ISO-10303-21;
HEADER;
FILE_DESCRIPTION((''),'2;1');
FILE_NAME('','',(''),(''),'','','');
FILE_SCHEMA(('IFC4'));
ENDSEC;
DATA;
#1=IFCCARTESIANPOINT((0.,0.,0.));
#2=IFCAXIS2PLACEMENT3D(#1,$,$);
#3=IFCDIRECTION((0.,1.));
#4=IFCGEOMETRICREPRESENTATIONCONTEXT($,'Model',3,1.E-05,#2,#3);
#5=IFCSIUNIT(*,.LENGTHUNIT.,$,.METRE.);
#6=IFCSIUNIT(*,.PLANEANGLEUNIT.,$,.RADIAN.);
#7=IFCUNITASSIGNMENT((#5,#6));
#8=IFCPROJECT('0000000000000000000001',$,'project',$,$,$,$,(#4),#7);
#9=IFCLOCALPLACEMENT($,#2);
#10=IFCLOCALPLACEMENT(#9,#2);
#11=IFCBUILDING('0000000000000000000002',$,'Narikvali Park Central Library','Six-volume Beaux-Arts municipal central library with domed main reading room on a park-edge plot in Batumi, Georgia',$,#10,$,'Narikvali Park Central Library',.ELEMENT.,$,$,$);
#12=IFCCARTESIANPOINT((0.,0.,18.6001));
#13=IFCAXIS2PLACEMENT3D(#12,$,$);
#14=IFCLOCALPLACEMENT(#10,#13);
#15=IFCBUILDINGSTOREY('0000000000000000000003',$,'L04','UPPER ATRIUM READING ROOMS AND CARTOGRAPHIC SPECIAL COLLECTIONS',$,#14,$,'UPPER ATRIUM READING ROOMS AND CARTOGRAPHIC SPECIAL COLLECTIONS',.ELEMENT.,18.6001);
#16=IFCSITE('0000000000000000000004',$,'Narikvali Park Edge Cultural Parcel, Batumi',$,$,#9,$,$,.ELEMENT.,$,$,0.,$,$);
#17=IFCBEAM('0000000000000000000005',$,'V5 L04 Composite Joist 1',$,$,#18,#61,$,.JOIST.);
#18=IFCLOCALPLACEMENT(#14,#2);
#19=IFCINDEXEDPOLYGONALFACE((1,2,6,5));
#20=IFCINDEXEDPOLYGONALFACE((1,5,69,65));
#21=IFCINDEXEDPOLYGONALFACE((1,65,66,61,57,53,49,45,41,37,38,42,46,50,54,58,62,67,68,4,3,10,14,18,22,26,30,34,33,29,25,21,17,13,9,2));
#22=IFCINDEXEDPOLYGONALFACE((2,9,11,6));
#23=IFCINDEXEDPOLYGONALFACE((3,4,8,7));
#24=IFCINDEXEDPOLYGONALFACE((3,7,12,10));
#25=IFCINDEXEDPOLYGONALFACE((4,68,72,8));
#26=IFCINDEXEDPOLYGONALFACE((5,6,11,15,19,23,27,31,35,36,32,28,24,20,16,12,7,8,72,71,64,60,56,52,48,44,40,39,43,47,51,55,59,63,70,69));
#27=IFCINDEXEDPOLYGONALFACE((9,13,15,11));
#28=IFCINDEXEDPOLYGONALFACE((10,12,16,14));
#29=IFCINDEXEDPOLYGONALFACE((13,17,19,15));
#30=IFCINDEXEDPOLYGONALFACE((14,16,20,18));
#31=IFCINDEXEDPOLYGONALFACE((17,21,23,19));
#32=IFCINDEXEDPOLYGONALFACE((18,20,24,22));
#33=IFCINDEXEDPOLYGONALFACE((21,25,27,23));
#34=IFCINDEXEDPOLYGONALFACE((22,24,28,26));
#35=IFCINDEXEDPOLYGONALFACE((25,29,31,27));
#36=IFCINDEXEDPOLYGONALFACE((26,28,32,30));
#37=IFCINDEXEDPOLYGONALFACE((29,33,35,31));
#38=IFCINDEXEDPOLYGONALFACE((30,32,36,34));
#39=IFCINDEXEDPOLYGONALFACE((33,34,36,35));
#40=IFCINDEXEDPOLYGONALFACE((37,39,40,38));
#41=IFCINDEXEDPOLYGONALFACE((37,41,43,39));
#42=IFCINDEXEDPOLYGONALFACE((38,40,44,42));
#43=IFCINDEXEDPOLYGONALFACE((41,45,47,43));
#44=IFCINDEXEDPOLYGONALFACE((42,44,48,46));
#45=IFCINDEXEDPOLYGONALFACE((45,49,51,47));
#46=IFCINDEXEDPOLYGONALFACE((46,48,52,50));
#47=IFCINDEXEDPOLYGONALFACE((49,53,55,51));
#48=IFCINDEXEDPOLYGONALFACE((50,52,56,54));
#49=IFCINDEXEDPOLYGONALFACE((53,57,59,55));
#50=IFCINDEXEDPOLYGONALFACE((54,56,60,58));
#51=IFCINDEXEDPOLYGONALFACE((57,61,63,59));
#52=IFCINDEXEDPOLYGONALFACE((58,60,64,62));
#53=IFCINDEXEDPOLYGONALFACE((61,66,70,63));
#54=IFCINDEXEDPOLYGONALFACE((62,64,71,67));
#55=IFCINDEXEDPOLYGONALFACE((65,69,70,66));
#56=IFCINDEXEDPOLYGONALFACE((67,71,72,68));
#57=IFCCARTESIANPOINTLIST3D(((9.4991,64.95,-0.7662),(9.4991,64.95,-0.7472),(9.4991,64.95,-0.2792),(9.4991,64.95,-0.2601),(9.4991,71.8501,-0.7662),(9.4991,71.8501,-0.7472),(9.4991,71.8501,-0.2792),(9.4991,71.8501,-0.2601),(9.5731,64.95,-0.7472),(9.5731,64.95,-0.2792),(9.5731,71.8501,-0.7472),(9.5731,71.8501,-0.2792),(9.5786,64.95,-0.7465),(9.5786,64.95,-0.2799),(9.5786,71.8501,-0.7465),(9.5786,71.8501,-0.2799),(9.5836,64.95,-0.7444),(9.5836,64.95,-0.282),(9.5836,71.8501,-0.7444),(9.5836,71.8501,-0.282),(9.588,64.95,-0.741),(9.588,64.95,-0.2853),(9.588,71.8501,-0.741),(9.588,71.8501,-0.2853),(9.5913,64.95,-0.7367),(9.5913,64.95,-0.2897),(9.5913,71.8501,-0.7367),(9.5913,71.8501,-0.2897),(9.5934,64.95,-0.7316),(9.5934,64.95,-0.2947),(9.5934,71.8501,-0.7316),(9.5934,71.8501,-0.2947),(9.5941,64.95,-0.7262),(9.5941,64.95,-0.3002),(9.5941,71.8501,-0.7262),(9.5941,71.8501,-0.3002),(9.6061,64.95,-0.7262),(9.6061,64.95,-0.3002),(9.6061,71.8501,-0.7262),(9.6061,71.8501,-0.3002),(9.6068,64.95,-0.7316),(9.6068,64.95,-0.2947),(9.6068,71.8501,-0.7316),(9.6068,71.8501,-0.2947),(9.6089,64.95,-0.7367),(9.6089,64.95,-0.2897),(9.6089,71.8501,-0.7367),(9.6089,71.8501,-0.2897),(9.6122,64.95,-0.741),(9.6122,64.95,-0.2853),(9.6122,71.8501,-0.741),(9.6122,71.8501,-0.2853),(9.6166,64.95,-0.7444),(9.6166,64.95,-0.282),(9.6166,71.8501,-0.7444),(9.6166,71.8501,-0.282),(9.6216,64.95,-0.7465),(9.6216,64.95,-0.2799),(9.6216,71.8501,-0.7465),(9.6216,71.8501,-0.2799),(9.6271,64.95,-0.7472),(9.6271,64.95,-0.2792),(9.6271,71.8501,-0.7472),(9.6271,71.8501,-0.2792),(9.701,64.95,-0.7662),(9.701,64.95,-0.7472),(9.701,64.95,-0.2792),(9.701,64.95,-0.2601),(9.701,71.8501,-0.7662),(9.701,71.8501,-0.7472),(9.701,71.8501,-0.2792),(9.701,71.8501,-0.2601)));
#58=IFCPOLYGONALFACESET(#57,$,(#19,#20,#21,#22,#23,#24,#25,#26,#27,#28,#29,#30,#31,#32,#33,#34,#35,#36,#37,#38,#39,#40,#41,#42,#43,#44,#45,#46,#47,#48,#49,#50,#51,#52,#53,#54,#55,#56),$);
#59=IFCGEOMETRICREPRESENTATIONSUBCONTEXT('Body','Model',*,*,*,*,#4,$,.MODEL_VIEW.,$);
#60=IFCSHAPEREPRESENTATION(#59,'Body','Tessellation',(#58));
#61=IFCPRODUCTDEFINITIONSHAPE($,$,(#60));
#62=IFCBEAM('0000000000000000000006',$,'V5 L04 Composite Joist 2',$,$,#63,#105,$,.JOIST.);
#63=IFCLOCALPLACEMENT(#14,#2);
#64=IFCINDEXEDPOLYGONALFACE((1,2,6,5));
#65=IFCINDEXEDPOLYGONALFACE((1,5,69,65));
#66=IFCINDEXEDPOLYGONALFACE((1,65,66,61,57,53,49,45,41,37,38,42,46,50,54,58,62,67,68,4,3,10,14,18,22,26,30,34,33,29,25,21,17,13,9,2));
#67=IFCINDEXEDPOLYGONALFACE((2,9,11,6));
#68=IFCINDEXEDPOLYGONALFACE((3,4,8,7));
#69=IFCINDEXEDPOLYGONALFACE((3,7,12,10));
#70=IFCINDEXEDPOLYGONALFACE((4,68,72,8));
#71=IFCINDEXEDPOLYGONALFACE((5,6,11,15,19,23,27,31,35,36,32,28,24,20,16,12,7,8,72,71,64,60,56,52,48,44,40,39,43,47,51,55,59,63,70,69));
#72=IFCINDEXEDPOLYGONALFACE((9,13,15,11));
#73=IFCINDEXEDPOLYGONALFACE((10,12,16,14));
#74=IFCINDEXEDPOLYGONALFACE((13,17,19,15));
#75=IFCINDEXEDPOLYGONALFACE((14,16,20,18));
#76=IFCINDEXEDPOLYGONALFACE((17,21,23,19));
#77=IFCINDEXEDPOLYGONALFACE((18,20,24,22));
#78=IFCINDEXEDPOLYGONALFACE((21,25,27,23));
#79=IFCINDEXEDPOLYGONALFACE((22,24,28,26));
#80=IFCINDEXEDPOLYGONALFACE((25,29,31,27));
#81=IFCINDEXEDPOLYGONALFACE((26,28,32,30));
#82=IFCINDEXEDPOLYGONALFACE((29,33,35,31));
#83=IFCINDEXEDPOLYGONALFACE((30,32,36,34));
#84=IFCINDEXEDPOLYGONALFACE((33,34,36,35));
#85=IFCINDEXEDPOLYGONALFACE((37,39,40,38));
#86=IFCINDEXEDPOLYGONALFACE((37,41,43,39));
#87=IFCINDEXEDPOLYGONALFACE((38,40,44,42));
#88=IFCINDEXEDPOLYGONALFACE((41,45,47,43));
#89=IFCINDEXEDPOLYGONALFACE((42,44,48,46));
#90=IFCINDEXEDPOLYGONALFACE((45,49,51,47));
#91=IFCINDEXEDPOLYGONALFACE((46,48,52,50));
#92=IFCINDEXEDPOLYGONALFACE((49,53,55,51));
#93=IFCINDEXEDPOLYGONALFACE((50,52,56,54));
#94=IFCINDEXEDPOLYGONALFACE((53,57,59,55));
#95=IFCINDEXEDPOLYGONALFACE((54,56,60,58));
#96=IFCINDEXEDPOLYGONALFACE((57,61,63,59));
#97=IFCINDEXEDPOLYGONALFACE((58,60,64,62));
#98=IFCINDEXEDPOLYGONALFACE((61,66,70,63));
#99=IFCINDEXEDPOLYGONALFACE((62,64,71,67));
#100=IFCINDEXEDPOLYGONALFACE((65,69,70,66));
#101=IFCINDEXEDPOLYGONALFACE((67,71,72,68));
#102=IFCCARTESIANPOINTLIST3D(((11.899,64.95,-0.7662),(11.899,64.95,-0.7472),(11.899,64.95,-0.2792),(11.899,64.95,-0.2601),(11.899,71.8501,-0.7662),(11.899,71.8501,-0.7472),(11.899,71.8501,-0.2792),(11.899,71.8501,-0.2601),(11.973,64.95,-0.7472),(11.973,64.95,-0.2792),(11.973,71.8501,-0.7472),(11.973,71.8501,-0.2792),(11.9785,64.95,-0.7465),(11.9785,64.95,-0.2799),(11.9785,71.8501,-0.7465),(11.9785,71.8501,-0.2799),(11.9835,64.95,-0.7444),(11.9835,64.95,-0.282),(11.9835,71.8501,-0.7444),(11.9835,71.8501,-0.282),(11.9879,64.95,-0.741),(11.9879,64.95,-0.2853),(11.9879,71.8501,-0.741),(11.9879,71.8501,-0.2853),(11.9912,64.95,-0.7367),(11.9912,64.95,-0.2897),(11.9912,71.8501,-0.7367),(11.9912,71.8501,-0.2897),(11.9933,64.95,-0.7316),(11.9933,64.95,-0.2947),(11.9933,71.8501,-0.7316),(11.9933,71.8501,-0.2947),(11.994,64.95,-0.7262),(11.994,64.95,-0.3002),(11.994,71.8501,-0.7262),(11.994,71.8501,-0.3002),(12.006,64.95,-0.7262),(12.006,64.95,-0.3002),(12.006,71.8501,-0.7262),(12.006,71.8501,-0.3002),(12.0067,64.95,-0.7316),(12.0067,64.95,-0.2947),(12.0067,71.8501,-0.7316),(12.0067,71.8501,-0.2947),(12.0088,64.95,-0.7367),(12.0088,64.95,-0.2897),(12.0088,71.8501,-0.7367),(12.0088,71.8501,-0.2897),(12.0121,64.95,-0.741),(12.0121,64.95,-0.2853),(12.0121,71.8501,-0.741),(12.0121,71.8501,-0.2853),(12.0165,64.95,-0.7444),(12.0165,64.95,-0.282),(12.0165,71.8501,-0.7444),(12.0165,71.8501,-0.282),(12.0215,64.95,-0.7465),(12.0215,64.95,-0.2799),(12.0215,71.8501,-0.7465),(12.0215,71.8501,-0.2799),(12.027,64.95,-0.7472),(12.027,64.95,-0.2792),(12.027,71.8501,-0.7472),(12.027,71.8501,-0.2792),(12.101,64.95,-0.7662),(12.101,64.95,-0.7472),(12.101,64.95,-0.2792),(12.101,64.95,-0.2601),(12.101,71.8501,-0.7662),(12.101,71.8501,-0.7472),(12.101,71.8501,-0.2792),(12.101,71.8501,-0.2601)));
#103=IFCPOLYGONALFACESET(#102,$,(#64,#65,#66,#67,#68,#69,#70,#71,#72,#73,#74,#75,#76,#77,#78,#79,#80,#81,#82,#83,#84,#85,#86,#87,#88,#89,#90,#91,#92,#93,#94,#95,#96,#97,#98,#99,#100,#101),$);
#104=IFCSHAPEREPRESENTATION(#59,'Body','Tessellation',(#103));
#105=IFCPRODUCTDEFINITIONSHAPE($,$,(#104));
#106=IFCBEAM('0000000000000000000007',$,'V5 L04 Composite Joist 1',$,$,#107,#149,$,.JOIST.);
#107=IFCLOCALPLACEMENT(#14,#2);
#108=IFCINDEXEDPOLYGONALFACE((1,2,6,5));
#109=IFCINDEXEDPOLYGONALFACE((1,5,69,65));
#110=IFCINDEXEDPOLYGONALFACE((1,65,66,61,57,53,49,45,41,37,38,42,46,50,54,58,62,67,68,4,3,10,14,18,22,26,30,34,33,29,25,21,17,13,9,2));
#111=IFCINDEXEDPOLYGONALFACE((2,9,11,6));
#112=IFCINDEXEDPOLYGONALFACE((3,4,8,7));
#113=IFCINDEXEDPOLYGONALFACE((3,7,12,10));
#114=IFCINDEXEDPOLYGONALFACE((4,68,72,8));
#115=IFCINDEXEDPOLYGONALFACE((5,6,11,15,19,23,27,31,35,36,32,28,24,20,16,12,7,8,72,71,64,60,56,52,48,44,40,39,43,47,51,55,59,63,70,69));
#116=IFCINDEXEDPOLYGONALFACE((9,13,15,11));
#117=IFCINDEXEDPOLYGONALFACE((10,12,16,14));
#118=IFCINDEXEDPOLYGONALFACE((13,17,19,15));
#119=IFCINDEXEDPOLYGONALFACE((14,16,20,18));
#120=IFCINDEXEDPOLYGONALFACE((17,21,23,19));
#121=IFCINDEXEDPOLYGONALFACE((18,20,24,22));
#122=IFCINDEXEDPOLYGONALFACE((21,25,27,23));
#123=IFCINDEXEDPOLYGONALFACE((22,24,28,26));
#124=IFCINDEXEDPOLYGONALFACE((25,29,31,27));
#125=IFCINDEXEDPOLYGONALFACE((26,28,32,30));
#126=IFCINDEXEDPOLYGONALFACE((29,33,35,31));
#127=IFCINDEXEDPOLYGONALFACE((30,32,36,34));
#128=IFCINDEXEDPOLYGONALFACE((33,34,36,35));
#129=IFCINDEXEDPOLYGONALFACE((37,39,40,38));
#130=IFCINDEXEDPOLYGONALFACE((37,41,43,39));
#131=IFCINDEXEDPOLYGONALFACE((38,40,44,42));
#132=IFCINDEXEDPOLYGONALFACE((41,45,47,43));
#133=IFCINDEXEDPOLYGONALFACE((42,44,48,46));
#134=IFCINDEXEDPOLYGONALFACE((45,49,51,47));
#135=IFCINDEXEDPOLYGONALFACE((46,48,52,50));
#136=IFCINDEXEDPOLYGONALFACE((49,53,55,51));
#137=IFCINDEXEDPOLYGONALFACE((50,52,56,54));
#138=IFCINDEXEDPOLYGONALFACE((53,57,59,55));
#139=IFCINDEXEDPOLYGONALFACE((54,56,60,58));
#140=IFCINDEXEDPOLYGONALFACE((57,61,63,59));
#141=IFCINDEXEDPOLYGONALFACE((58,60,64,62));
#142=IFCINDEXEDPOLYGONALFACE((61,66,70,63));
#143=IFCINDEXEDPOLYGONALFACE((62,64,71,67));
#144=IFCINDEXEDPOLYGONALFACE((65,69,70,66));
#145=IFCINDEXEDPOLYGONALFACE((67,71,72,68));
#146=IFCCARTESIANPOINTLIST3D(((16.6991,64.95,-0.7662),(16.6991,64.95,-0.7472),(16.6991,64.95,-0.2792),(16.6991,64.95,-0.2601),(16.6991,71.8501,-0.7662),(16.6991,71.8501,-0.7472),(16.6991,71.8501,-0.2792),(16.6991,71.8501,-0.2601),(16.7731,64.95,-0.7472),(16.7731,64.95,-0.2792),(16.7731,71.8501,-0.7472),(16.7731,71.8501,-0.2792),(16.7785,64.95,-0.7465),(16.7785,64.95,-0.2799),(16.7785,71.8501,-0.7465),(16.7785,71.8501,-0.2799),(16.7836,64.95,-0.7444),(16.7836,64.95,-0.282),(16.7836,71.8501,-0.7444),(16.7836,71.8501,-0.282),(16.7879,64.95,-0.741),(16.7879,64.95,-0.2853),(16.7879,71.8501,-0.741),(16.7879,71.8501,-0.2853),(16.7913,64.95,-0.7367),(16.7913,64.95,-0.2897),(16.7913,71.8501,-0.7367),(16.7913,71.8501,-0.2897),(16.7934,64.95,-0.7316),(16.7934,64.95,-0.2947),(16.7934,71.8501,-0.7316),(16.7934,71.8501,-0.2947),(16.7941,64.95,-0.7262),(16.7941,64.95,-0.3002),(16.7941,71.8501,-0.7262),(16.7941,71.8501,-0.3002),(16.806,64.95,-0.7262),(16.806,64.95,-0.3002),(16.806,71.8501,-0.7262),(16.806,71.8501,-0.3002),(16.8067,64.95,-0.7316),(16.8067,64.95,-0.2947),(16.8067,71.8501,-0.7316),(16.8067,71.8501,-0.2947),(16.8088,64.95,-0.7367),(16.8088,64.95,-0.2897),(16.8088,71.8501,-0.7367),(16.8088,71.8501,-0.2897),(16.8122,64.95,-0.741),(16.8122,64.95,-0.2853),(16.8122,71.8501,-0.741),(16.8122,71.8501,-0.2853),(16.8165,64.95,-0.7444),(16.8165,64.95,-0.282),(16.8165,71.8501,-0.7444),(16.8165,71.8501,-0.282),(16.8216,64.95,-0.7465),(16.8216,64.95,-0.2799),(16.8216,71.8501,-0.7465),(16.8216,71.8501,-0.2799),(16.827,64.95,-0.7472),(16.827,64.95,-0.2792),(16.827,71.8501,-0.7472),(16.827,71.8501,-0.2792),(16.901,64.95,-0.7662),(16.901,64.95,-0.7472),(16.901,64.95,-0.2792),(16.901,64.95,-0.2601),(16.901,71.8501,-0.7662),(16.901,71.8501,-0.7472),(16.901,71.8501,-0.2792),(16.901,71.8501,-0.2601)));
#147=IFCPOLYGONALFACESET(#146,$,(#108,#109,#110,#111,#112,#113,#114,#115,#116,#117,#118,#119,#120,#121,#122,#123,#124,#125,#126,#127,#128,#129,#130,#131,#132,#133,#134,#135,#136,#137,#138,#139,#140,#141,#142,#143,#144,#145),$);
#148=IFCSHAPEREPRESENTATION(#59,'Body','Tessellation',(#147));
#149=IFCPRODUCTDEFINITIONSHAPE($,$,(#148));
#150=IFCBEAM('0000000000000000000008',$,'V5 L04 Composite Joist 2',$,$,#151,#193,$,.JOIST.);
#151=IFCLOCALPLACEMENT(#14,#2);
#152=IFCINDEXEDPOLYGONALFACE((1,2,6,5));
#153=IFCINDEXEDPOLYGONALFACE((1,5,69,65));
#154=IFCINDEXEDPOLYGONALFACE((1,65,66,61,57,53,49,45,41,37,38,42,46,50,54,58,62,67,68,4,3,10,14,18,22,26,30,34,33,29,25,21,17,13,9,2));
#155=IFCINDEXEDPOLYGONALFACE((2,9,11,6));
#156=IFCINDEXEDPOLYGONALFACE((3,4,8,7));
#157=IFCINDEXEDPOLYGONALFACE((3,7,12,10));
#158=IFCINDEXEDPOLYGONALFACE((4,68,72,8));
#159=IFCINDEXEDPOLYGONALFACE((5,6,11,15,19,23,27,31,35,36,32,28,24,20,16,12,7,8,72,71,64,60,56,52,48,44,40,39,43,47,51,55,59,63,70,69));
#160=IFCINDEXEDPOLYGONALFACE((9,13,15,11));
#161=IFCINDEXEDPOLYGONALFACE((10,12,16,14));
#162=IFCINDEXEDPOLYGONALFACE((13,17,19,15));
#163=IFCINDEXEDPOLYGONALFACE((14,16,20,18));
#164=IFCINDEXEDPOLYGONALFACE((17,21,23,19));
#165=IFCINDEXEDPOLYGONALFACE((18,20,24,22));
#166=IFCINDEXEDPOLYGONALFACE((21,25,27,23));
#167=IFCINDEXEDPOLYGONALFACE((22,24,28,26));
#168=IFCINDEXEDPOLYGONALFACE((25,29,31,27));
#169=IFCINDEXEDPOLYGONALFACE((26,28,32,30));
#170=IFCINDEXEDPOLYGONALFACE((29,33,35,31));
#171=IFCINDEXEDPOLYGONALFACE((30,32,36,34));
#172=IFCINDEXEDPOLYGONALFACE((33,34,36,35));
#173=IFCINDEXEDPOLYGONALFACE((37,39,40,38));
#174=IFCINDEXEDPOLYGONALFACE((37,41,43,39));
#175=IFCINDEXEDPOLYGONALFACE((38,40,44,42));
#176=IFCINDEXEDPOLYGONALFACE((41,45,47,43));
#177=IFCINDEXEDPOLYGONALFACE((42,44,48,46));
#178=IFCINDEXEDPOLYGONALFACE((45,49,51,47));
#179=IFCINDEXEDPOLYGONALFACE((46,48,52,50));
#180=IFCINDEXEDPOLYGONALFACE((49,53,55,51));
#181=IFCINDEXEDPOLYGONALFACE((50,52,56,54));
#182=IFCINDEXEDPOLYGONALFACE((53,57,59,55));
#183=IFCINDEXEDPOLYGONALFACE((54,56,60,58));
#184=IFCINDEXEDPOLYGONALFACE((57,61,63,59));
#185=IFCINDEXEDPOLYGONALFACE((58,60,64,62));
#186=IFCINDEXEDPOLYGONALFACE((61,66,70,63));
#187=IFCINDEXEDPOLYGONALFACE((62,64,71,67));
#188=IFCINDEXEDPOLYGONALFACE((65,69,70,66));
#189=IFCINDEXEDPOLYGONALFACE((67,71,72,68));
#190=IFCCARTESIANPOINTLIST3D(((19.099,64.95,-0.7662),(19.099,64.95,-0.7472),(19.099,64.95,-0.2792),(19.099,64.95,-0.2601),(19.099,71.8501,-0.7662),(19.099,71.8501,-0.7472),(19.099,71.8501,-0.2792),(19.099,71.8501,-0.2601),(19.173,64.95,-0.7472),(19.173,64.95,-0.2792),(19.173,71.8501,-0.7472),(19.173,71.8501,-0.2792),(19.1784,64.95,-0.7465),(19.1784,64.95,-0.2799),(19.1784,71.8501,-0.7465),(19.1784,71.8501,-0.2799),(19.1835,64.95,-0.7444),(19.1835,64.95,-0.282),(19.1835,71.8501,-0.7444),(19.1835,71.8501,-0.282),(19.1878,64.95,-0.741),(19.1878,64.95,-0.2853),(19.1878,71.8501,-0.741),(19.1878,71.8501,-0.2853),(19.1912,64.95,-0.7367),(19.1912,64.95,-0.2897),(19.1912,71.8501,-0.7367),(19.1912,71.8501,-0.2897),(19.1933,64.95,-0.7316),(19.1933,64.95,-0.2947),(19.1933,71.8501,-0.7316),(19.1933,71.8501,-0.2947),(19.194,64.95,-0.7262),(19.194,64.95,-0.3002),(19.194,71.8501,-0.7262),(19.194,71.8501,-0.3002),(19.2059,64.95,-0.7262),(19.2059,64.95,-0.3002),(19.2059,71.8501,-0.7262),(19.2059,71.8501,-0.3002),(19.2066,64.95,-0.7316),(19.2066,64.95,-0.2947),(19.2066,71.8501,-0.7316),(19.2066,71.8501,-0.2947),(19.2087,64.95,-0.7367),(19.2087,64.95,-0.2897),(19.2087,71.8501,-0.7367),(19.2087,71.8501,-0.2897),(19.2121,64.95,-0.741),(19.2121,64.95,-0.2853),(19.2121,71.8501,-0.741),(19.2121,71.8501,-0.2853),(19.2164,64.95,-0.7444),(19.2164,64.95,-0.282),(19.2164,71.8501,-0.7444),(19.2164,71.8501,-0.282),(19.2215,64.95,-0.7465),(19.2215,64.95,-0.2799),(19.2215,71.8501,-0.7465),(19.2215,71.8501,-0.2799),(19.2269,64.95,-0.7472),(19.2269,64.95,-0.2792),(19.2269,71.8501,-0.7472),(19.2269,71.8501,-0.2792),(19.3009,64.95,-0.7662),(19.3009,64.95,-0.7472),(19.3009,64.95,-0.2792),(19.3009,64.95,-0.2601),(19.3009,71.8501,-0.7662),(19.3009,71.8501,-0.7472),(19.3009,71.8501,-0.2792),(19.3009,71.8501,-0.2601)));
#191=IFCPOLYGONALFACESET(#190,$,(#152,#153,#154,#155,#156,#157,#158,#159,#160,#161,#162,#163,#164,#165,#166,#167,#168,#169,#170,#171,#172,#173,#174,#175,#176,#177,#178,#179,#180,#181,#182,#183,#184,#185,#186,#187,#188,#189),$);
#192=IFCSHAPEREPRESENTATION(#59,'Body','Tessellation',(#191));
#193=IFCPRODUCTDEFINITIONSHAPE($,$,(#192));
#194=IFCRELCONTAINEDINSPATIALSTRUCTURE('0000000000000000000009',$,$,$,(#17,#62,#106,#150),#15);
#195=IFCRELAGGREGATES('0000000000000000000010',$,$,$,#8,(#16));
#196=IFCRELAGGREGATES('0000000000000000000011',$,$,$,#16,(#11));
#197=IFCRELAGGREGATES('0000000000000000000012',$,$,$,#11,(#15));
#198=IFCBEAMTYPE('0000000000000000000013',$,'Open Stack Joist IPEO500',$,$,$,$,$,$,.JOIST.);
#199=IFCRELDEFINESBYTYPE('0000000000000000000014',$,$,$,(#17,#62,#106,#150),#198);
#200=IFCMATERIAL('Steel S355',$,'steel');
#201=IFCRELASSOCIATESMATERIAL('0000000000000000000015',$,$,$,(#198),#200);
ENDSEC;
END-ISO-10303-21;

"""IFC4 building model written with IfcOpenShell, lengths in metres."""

from ifc_helpers import new_model, si_unit, direction, frame, origin, origin_2d, place, context, subcontext, project, spatial, i_section, extrude, material, material_profile, profile_set, type_object, element, save


model = new_model("IFC4")

# Units and contexts
model_context = context("Model", 3, precision=1e-05, world=origin(), true_north=direction((0.0, 1.0)))
body_context = subcontext(model_context, "Body", "Model", "MODEL_VIEW")
ifc_project = project(units=[si_unit("LENGTHUNIT", "METRE"), si_unit("PLANEANGLEUNIT", "RADIAN")], contexts=[model_context])

# Site, building, storey
site_placement = place(None, origin())
site = spatial("IfcSite", under=ifc_project, at=site_placement, Name="Narikvali Park Edge Cultural Parcel, Batumi", CompositionType="ELEMENT", RefElevation=0.0)
building_placement = place(site_placement, origin())
building = spatial("IfcBuilding", under=site, at=building_placement, Name="Narikvali Park Central Library", Description="Six-volume Beaux-Arts municipal central library with domed main reading room on a park-edge plot in Batumi, Georgia", LongName="Narikvali Park Central Library", CompositionType="ELEMENT")
storey_placement = place(building_placement, frame((0.0, 0.0, 18.6001)))
storey = spatial("IfcBuildingStorey", under=building, at=storey_placement, Name="L04", Description="UPPER ATRIUM READING ROOMS AND CARTOGRAPHIC SPECIAL COLLECTIONS", LongName="UPPER ATRIUM READING ROOMS AND CARTOGRAPHIC SPECIAL COLLECTIONS", CompositionType="ELEMENT", Elevation=18.6001)

# Shared definitions
ifc_material_1 = material(Name="Steel S355", Category="steel")

# Beams
ifc_material_profile_1 = material_profile(ifc_material_1, i_section(OverallWidth=0.2019, OverallDepth=0.5061, WebThickness=0.012, FlangeThickness=0.019, FilletRadius=0.021, at=origin_2d()), Name="IPEO 500")
ifc_profile_set_1 = profile_set([ifc_material_profile_1], Name="Steel S355")
beam_type_1 = type_object("IfcBeamType", Name="Open Stack Joist IPEO500", PredefinedType="JOIST", material=ifc_profile_set_1)
for number, where, z_axis, x_axis, name in (
    (1, (9.6001, 64.95, -0.5132), (0.0, 1.0, 0.0), (-1.0, 0.0, 0.0), "V5 L04 Composite Joist 1"),
    (2, (12.0, 64.95, -0.5132), (0.0, 1.0, 0.0), (-1.0, 0.0, 0.0), "V5 L04 Composite Joist 2"),
    (3, (16.8, 64.95, -0.5132), (0.0, 1.0, 0.0), (-1.0, 0.0, 0.0), "V5 L04 Composite Joist 1"),
    (4, (19.2, 64.95, -0.5132), (0.0, 1.0, 0.0), (-1.0, 0.0, 0.0), "V5 L04 Composite Joist 2"),
):
    element("IfcBeam", number, at=place(storey_placement, frame(where, z_axis=z_axis, x_axis=x_axis)), inside=storey, type_object=beam_type_1, Name=name, PredefinedType="JOIST", context=body_context, shape_type="SweptSolid", body=[
        extrude(i_section(OverallWidth=0.2019, OverallDepth=0.5061, WebThickness=0.012, FlangeThickness=0.019, FilletRadius=0.021, at=origin_2d()), origin(), (0.0, 0.0, 1.0), 6.9001),
    ])

save(model, "model.ifc")
